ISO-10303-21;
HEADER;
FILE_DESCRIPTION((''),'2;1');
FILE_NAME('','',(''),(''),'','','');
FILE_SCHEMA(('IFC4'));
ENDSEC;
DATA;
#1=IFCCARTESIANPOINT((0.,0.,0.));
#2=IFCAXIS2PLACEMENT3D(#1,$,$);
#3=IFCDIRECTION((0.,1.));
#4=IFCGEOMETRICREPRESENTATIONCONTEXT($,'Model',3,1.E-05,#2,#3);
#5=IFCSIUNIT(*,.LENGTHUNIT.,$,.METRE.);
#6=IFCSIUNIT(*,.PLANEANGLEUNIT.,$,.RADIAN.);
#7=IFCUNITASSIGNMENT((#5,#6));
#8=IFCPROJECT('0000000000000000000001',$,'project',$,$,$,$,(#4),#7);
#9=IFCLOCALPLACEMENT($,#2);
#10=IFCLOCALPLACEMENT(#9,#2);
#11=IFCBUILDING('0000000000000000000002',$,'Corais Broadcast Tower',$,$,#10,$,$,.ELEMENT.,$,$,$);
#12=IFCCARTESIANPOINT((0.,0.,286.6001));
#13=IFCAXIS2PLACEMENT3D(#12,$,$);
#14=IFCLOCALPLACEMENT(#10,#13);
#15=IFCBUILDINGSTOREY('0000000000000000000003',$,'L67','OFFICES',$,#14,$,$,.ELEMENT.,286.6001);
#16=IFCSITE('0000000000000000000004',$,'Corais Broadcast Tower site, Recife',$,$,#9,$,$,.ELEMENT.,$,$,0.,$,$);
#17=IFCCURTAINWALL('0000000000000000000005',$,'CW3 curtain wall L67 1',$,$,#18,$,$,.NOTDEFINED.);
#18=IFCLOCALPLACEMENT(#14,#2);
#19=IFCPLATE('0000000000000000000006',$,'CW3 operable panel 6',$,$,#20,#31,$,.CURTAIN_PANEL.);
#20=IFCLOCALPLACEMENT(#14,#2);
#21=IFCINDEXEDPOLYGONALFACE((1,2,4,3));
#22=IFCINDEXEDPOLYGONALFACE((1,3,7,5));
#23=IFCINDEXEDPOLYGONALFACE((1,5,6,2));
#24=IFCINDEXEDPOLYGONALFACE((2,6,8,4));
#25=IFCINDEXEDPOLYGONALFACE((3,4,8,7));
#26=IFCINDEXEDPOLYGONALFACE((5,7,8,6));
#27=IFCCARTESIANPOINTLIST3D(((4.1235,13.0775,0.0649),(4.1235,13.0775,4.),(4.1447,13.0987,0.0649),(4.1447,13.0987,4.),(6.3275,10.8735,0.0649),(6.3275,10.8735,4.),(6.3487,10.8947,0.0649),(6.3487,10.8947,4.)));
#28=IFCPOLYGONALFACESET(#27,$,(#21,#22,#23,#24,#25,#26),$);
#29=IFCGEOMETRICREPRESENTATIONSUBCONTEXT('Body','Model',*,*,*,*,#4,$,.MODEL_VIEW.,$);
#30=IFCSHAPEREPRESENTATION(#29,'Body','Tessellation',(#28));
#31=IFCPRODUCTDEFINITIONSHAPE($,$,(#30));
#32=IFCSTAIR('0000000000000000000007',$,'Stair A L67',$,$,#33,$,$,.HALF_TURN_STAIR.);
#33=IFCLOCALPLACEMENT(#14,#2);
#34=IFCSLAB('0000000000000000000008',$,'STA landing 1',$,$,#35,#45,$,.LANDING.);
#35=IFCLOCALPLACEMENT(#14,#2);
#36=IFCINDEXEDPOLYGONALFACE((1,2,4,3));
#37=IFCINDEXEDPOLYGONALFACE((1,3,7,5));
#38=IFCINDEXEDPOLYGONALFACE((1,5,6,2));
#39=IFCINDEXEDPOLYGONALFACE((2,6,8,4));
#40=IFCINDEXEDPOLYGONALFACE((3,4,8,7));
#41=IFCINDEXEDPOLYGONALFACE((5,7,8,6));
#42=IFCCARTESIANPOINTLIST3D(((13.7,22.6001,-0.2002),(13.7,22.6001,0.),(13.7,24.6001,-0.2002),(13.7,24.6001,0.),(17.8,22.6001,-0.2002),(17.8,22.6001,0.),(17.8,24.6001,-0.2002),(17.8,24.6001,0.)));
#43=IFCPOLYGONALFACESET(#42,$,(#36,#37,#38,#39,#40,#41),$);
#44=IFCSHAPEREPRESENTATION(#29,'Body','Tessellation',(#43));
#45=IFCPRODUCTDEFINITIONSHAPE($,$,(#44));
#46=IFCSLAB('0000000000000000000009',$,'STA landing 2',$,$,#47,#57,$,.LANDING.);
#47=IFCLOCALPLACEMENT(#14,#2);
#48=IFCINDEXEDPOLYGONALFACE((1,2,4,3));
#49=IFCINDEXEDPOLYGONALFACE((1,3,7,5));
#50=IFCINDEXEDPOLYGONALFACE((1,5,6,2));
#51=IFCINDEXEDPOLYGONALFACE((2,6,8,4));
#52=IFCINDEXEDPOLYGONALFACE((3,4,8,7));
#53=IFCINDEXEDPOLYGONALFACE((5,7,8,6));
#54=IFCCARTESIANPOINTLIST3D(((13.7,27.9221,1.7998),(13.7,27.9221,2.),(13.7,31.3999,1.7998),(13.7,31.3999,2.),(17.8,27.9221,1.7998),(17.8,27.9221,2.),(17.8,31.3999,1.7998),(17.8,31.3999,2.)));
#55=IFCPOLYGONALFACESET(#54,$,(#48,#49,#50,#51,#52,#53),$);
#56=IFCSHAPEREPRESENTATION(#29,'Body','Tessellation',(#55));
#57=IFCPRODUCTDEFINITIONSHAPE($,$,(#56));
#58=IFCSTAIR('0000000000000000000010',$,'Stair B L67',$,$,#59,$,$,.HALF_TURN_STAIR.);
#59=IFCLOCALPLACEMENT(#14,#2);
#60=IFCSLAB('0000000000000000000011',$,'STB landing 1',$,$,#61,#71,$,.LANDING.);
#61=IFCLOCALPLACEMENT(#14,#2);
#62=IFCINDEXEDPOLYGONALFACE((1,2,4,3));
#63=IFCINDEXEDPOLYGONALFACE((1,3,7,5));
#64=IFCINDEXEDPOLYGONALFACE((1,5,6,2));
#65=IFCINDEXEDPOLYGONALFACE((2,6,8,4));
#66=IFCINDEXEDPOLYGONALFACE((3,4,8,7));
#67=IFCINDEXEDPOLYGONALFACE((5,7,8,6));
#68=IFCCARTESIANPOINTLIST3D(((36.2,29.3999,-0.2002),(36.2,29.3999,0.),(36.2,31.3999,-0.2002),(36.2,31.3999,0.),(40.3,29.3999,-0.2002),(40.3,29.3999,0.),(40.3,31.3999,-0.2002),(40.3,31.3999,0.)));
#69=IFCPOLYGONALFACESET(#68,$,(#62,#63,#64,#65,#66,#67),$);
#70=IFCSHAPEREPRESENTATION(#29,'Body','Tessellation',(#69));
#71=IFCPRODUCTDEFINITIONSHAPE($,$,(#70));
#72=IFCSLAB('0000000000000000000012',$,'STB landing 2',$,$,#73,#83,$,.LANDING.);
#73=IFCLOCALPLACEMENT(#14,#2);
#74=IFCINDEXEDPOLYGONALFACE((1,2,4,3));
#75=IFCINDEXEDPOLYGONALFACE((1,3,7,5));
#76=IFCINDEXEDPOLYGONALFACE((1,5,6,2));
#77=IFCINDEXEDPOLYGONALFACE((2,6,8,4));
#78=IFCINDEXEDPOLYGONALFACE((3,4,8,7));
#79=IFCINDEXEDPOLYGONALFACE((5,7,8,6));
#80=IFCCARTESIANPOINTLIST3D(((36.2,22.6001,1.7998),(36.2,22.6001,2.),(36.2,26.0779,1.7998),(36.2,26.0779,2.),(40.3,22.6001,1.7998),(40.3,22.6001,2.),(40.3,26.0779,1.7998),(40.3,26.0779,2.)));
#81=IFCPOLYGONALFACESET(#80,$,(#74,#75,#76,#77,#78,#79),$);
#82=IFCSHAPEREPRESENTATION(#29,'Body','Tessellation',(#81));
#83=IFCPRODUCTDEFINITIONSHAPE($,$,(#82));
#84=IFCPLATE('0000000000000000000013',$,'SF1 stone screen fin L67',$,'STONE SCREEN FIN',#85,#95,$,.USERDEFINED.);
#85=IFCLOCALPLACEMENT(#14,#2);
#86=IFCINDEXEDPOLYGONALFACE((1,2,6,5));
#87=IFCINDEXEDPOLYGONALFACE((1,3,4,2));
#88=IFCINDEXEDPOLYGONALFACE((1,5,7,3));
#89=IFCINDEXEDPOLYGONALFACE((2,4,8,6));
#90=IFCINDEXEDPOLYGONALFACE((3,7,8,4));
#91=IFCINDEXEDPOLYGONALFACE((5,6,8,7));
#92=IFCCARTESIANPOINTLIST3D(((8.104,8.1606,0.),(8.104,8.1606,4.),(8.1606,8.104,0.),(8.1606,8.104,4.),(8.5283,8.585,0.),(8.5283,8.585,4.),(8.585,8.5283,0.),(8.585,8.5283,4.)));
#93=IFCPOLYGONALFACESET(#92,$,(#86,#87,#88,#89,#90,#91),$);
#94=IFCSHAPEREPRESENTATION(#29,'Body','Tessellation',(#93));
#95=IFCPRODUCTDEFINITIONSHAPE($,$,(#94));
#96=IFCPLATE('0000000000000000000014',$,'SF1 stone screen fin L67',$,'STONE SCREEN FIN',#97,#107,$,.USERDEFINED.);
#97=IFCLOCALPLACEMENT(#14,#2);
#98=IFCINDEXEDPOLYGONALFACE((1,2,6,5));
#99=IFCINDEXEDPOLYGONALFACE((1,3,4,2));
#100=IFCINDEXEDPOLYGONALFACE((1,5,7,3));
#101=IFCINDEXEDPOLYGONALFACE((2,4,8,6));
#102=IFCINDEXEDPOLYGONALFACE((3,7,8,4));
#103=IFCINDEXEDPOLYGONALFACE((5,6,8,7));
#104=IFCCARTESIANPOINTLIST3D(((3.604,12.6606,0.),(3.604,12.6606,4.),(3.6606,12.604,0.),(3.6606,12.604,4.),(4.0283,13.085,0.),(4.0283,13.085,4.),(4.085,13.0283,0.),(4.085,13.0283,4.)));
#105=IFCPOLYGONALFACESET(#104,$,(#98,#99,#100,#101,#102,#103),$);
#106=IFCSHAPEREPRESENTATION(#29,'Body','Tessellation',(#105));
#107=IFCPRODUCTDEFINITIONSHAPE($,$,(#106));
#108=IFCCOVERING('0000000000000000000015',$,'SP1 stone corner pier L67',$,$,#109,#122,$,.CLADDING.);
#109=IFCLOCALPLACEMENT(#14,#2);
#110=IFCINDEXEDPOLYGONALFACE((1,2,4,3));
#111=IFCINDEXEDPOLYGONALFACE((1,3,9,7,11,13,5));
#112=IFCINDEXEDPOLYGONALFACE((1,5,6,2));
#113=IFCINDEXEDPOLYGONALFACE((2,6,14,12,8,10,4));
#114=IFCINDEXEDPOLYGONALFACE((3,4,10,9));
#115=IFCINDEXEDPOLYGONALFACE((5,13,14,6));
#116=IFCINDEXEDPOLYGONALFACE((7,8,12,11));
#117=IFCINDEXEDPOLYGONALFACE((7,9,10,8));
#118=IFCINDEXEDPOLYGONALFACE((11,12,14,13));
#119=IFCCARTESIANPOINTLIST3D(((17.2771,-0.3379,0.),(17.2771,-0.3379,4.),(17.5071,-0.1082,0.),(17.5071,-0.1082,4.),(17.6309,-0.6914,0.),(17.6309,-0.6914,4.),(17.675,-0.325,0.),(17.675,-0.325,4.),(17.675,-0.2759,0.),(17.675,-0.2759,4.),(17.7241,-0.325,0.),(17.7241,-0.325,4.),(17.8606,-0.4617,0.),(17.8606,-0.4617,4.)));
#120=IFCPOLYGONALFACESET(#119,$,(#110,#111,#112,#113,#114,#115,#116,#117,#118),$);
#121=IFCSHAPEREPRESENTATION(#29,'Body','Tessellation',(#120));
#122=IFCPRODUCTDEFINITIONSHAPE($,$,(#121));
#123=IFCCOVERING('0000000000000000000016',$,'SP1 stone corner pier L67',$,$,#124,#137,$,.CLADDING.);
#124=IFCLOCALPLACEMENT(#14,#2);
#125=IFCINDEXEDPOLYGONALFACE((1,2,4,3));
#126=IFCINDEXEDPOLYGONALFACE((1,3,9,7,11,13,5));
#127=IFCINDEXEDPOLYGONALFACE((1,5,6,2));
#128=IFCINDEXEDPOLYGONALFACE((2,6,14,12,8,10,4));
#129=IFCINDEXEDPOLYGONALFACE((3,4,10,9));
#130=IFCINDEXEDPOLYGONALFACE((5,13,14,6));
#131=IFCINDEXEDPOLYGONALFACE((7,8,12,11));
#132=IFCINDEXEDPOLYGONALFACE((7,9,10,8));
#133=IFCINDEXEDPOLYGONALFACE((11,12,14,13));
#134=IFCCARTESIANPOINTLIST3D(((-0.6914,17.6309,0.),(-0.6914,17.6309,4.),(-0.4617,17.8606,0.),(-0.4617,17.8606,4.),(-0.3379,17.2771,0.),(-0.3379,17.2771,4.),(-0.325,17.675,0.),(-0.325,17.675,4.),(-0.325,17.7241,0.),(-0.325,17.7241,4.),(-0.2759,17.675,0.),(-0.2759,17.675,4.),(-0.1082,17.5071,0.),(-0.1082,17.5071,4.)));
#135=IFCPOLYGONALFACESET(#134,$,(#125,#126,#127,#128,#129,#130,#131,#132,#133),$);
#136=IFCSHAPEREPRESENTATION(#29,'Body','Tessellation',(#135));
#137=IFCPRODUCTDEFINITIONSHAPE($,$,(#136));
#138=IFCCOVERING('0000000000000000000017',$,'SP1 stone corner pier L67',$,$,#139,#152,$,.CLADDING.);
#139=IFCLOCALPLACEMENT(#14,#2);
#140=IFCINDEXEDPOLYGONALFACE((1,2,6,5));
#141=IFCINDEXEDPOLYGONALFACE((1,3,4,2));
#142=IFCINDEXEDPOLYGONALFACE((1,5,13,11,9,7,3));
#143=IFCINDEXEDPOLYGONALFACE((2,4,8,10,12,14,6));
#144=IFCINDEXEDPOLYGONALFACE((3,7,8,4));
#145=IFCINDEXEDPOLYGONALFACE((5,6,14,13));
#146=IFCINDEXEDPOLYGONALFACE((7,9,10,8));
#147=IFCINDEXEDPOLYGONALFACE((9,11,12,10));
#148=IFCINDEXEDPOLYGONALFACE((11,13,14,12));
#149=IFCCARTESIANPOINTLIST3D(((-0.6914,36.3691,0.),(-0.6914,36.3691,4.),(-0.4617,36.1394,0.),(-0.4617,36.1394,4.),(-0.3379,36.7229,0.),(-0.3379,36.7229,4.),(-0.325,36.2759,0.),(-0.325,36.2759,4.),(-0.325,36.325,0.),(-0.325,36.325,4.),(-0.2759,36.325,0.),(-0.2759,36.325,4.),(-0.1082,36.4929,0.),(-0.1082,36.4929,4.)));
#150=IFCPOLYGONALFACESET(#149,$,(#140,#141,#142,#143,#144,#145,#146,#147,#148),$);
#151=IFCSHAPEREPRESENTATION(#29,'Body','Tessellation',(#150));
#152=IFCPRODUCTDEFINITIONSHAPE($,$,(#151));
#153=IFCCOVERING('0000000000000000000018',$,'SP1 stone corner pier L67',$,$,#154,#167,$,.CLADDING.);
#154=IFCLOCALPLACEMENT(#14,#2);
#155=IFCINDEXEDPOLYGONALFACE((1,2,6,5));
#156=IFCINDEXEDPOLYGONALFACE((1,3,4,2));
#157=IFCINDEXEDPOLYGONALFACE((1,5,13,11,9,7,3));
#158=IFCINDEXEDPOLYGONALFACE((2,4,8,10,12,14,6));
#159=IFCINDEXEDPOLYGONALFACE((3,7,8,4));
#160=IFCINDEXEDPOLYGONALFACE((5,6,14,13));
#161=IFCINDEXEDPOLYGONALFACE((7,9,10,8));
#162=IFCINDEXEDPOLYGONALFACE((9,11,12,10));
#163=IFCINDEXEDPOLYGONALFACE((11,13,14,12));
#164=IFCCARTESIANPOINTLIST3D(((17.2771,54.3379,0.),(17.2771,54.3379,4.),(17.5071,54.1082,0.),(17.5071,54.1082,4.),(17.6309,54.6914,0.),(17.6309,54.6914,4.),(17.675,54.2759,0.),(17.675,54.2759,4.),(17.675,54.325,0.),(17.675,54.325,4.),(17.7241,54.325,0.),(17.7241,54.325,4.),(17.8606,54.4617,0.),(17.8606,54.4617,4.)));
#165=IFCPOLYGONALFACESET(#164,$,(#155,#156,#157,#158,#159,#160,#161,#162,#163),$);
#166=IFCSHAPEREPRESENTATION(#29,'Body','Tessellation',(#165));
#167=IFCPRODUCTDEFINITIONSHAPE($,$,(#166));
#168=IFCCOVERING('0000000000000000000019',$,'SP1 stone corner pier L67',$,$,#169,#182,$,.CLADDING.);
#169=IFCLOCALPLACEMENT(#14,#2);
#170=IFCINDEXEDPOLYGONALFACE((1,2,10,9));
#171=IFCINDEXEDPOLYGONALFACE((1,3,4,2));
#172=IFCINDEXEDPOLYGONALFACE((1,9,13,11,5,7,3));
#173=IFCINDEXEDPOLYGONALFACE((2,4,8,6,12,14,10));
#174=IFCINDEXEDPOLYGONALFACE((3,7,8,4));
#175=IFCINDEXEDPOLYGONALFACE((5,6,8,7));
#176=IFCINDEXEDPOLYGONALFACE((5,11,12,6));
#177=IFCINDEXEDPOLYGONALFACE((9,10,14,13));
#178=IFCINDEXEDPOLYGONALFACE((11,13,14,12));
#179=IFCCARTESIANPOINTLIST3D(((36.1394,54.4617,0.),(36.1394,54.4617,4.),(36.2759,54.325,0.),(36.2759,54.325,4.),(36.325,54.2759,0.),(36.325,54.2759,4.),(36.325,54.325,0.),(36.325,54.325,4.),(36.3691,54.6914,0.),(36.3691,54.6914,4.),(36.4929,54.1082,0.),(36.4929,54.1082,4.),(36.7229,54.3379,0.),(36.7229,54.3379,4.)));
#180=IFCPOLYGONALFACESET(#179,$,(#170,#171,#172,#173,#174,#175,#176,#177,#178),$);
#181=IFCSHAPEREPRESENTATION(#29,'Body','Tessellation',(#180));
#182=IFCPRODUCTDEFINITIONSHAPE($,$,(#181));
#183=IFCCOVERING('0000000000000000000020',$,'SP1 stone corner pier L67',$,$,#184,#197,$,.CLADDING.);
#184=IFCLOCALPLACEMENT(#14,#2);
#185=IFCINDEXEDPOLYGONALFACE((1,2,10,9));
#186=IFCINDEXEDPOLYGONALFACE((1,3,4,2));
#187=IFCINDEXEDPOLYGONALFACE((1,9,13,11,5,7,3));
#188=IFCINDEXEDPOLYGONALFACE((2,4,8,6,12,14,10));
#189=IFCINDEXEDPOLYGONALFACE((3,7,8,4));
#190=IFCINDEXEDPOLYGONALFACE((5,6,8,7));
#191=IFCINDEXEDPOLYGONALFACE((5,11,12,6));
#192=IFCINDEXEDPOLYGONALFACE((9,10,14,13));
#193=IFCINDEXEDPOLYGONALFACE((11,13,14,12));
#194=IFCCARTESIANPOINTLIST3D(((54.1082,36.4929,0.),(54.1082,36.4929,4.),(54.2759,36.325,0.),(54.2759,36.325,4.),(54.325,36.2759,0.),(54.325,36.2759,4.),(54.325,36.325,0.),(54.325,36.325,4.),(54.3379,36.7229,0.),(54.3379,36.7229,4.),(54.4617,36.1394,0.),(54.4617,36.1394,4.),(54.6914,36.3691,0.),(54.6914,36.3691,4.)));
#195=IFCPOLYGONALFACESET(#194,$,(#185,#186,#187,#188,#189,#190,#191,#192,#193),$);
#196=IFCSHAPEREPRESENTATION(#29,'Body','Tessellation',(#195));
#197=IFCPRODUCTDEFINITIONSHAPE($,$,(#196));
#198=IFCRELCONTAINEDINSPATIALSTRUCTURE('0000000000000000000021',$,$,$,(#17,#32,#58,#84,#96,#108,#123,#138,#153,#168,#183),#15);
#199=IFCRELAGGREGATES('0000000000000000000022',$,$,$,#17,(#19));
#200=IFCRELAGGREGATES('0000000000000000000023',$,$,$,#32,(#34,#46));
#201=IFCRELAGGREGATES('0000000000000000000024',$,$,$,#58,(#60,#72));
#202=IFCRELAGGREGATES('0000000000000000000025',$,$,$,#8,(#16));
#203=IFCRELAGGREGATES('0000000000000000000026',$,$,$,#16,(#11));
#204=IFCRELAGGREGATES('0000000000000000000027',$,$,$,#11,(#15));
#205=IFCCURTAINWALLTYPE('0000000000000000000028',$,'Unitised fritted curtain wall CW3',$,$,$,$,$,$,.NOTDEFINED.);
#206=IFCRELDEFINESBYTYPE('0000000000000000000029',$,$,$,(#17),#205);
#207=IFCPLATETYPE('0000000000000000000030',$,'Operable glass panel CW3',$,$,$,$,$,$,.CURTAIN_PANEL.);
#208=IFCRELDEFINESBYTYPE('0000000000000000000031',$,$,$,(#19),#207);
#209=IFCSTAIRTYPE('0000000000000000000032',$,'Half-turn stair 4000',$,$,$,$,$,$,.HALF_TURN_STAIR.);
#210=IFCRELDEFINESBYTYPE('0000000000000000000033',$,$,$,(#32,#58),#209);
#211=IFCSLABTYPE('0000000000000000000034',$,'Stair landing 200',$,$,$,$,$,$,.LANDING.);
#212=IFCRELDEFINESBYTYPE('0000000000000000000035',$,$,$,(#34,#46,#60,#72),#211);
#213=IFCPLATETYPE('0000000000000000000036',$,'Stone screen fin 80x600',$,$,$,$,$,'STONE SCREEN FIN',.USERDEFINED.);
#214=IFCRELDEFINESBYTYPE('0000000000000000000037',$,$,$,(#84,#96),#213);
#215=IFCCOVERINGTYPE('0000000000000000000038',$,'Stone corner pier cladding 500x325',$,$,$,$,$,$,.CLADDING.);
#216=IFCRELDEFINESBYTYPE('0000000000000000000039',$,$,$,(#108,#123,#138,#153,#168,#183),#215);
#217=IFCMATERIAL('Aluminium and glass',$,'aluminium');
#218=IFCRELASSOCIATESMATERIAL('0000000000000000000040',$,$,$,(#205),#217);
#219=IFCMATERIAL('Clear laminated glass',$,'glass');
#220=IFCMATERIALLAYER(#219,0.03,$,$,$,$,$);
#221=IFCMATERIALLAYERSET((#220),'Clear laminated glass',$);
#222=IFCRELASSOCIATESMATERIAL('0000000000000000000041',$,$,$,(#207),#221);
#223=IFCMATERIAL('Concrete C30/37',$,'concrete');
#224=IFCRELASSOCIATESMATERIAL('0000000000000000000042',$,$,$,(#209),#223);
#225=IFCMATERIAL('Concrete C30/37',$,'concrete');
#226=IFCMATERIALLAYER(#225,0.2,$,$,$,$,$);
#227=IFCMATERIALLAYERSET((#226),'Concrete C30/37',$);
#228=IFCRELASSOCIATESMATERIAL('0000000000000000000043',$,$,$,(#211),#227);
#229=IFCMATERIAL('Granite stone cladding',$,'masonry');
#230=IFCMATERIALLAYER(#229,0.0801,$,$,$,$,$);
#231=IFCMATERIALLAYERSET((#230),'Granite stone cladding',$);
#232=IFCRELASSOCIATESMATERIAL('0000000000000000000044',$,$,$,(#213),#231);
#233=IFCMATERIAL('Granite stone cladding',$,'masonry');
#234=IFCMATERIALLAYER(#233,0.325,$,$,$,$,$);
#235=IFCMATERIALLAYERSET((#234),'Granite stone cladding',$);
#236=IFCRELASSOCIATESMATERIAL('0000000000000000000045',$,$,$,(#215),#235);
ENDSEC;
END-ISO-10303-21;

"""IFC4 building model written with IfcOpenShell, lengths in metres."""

from ifc_helpers import new_model, si_unit, direction, frame, origin, origin_2d, place, context, subcontext, project, spatial, polyline, rectangle, outline, extrude, material, layer, layer_set, type_object, element, aggregate, save


model = new_model("IFC4")

# Units and contexts
model_context = context("Model", 3, precision=1e-05, world=origin(), true_north=direction((0.0, 1.0)))
body_context = subcontext(model_context, "Body", "Model", "MODEL_VIEW")
ifc_project = project(units=[si_unit("LENGTHUNIT", "METRE"), si_unit("PLANEANGLEUNIT", "RADIAN")], contexts=[model_context])

# Site, building, storey
site_placement = place(None, origin())
site = spatial("IfcSite", under=ifc_project, at=site_placement, Name="Corais Broadcast Tower site, Recife", CompositionType="ELEMENT", RefElevation=0.0)
building_placement = place(site_placement, origin())
building = spatial("IfcBuilding", under=site, at=building_placement, Name="Corais Broadcast Tower", CompositionType="ELEMENT")
storey_placement = place(building_placement, frame((0.0, 0.0, 286.6001)))
storey = spatial("IfcBuildingStorey", under=building, at=storey_placement, Name="L67", Description="OFFICES", CompositionType="ELEMENT", Elevation=286.6001)

# Curtain wall
ifc_material_1 = material(Name="Aluminium and glass", Category="aluminium")
curtain_wall_type = type_object("IfcCurtainWallType", Name="Unitised fritted curtain wall CW3", PredefinedType="NOTDEFINED", material=ifc_material_1)
curtain_wall_placement = place(storey_placement, origin())
curtain_wall = element("IfcCurtainWall", 1, at=curtain_wall_placement, inside=storey, type_object=curtain_wall_type, Name="CW3 curtain wall L67 1", PredefinedType="NOTDEFINED")

# Plate
ifc_material_2 = material(Name="Clear laminated glass", Category="glass")
ifc_layer_1 = layer(ifc_material_2, 0.03)
ifc_layer_set_1 = layer_set([ifc_layer_1], Name="Clear laminated glass")
plate_type_1 = type_object("IfcPlateType", Name="Operable glass panel CW3", PredefinedType="CURTAIN_PANEL", material=ifc_layer_set_1)
plate_1_placement = place(storey_placement, frame((5.2361, 11.9861, 0.0649), z_axis=(0.0, 0.0, 1.0), x_axis=(-0.707107, 0.707107, 0.0)))
plate_1 = element("IfcPlate", 2, at=plate_1_placement, type_object=plate_type_1, Name="CW3 operable panel 6", PredefinedType="CURTAIN_PANEL", context=body_context, shape_type="SweptSolid", body=[
    extrude(rectangle(XDim=3.1169, YDim=0.03, at=origin_2d()), origin(), (0.0, 0.0, 1.0), 3.9351),
])
aggregate(curtain_wall, [plate_1])

# Stairs, slabs
ifc_material_3 = material(Name="Concrete C30/37", Category="concrete")
stair_type = type_object("IfcStairType", Name="Half-turn stair 4000", PredefinedType="HALF_TURN_STAIR", material=ifc_material_3)
stair_1_placement = place(storey_placement, origin())
stair_1 = element("IfcStair", 3, at=stair_1_placement, inside=storey, type_object=stair_type, Name="Stair A L67", PredefinedType="HALF_TURN_STAIR")
ifc_material_4 = material(Name="Concrete C30/37", Category="concrete")
ifc_layer_2 = layer(ifc_material_4, 0.2)
ifc_layer_set_2 = layer_set([ifc_layer_2], Name="Concrete C30/37")
slab_type_1 = type_object("IfcSlabType", Name="Stair landing 200", PredefinedType="LANDING", material=ifc_layer_set_2)
slab_1_placement = place(storey_placement, frame((0.0, 0.0, -0.2002)))
slab_1 = element("IfcSlab", 4, at=slab_1_placement, type_object=slab_type_1, Name="STA landing 1", PredefinedType="LANDING", context=body_context, shape_type="SweptSolid", body=[
    extrude(outline(polyline([(13.7, 22.6001), (17.8, 22.6001), (17.8, 24.6001), (13.7, 24.6001), (13.7, 22.6001)])), origin(), (0.0, 0.0, 1.0), 0.2002),
])
slab_2_placement = place(storey_placement, frame((0.0, 0.0, 1.7998)))
slab_2 = element("IfcSlab", 5, at=slab_2_placement, type_object=slab_type_1, Name="STA landing 2", PredefinedType="LANDING", context=body_context, shape_type="SweptSolid", body=[
    extrude(outline(polyline([(13.7, 27.9221), (17.8, 27.9221), (17.8, 31.3999), (13.7, 31.3999), (13.7, 27.9221)])), origin(), (0.0, 0.0, 1.0), 0.2002),
])
aggregate(stair_1, [slab_1, slab_2])
stair_2_placement = place(storey_placement, origin())
stair_2 = element("IfcStair", 6, at=stair_2_placement, inside=storey, type_object=stair_type, Name="Stair B L67", PredefinedType="HALF_TURN_STAIR")
slab_3_placement = place(storey_placement, frame((0.0, 0.0, -0.2002)))
slab_3 = element("IfcSlab", 7, at=slab_3_placement, type_object=slab_type_1, Name="STB landing 1", PredefinedType="LANDING", context=body_context, shape_type="SweptSolid", body=[
    extrude(outline(polyline([(36.2, 29.3999), (40.3, 29.3999), (40.3, 31.3999), (36.2, 31.3999), (36.2, 29.3999)])), origin(), (0.0, 0.0, 1.0), 0.2002),
])
slab_4_placement = place(storey_placement, frame((0.0, 0.0, 1.7998)))
slab_4 = element("IfcSlab", 8, at=slab_4_placement, type_object=slab_type_1, Name="STB landing 2", PredefinedType="LANDING", context=body_context, shape_type="SweptSolid", body=[
    extrude(outline(polyline([(36.2, 22.6001), (40.3, 22.6001), (40.3, 26.0779), (36.2, 26.0779), (36.2, 22.6001)])), origin(), (0.0, 0.0, 1.0), 0.2002),
])
aggregate(stair_2, [slab_3, slab_4])

# Plates
ifc_material_5 = material(Name="Granite stone cladding", Category="masonry")
ifc_layer_3 = layer(ifc_material_5, 0.0801)
ifc_layer_set_3 = layer_set([ifc_layer_3], Name="Granite stone cladding")
plate_type_2 = type_object("IfcPlateType", Name="Stone screen fin 80x600", ElementType="STONE SCREEN FIN", PredefinedType="USERDEFINED", material=ifc_layer_set_3)
for number, where, z_axis, x_axis, name in (
    (9, (8.3445, 8.3445, 0.0), (0.0, 0.0, 1.0), (-0.707107, 0.707107, 0.0), "SF1 stone screen fin L67"),
    (10, (3.8445, 12.8445, 0.0), (0.0, 0.0, 1.0), (-0.707107, 0.707107, 0.0), "SF1 stone screen fin L67"),
):
    element("IfcPlate", number, at=place(storey_placement, frame(where, z_axis=z_axis, x_axis=x_axis)), inside=storey, type_object=plate_type_2, Name=name, ObjectType="STONE SCREEN FIN", PredefinedType="USERDEFINED", context=body_context, shape_type="SweptSolid", body=[
        extrude(rectangle(XDim=0.0801, YDim=0.6001, at=origin_2d()), origin(), (0.0, 0.0, 1.0), 4.0),
    ])

# Coverings
ifc_material_6 = material(Name="Granite stone cladding", Category="masonry")
ifc_layer_4 = layer(ifc_material_6, 0.325)
ifc_layer_set_4 = layer_set([ifc_layer_4], Name="Granite stone cladding")
covering_type_1 = type_object("IfcCoveringType", Name="Stone corner pier cladding 500x325", PredefinedType="CLADDING", material=ifc_layer_set_4)
covering_1_placement = place(storey_placement, origin())
element("IfcCovering", 11, at=covering_1_placement, inside=storey, type_object=covering_type_1, Name="SP1 stone corner pier L67", PredefinedType="CLADDING", context=body_context, shape_type="SweptSolid", body=[
    extrude(outline(polyline([(17.8606, -0.4617), (17.7241, -0.325), (17.675, -0.325), (17.675, -0.2759), (17.5071, -0.1082), (17.2771, -0.3379), (17.6309, -0.6914), (17.8606, -0.4617)])), origin(), (0.0, 0.0, 1.0), 4.0),
])
covering_2_placement = place(storey_placement, origin())
element("IfcCovering", 12, at=covering_2_placement, inside=storey, type_object=covering_type_1, Name="SP1 stone corner pier L67", PredefinedType="CLADDING", context=body_context, shape_type="SweptSolid", body=[
    extrude(outline(polyline([(-0.325, 17.7241), (-0.4617, 17.8606), (-0.6914, 17.6309), (-0.3379, 17.2771), (-0.1082, 17.5071), (-0.2759, 17.675), (-0.325, 17.675), (-0.325, 17.7241)])), origin(), (0.0, 0.0, 1.0), 4.0),
])
covering_3_placement = place(storey_placement, origin())
element("IfcCovering", 13, at=covering_3_placement, inside=storey, type_object=covering_type_1, Name="SP1 stone corner pier L67", PredefinedType="CLADDING", context=body_context, shape_type="SweptSolid", body=[
    extrude(outline(polyline([(-0.4617, 36.1394), (-0.325, 36.2759), (-0.325, 36.325), (-0.2759, 36.325), (-0.1082, 36.4929), (-0.3379, 36.7229), (-0.6914, 36.3691), (-0.4617, 36.1394)])), origin(), (0.0, 0.0, 1.0), 4.0),
])
covering_4_placement = place(storey_placement, origin())
element("IfcCovering", 14, at=covering_4_placement, inside=storey, type_object=covering_type_1, Name="SP1 stone corner pier L67", PredefinedType="CLADDING", context=body_context, shape_type="SweptSolid", body=[
    extrude(outline(polyline([(17.7241, 54.325), (17.8606, 54.4617), (17.6309, 54.6914), (17.2771, 54.3379), (17.5071, 54.1082), (17.675, 54.2759), (17.675, 54.325), (17.7241, 54.325)])), origin(), (0.0, 0.0, 1.0), 4.0),
])
covering_5_placement = place(storey_placement, origin())
element("IfcCovering", 15, at=covering_5_placement, inside=storey, type_object=covering_type_1, Name="SP1 stone corner pier L67", PredefinedType="CLADDING", context=body_context, shape_type="SweptSolid", body=[
    extrude(outline(polyline([(36.1394, 54.4617), (36.2759, 54.325), (36.325, 54.325), (36.325, 54.2759), (36.4929, 54.1082), (36.7229, 54.3379), (36.3691, 54.6914), (36.1394, 54.4617)])), origin(), (0.0, 0.0, 1.0), 4.0),
])
covering_6_placement = place(storey_placement, origin())
element("IfcCovering", 16, at=covering_6_placement, inside=storey, type_object=covering_type_1, Name="SP1 stone corner pier L67", PredefinedType="CLADDING", context=body_context, shape_type="SweptSolid", body=[
    extrude(outline(polyline([(54.325, 36.2759), (54.4617, 36.1394), (54.6914, 36.3691), (54.3379, 36.7229), (54.1082, 36.4929), (54.2759, 36.325), (54.325, 36.325), (54.325, 36.2759)])), origin(), (0.0, 0.0, 1.0), 4.0),
])

save(model, "model.ifc")
